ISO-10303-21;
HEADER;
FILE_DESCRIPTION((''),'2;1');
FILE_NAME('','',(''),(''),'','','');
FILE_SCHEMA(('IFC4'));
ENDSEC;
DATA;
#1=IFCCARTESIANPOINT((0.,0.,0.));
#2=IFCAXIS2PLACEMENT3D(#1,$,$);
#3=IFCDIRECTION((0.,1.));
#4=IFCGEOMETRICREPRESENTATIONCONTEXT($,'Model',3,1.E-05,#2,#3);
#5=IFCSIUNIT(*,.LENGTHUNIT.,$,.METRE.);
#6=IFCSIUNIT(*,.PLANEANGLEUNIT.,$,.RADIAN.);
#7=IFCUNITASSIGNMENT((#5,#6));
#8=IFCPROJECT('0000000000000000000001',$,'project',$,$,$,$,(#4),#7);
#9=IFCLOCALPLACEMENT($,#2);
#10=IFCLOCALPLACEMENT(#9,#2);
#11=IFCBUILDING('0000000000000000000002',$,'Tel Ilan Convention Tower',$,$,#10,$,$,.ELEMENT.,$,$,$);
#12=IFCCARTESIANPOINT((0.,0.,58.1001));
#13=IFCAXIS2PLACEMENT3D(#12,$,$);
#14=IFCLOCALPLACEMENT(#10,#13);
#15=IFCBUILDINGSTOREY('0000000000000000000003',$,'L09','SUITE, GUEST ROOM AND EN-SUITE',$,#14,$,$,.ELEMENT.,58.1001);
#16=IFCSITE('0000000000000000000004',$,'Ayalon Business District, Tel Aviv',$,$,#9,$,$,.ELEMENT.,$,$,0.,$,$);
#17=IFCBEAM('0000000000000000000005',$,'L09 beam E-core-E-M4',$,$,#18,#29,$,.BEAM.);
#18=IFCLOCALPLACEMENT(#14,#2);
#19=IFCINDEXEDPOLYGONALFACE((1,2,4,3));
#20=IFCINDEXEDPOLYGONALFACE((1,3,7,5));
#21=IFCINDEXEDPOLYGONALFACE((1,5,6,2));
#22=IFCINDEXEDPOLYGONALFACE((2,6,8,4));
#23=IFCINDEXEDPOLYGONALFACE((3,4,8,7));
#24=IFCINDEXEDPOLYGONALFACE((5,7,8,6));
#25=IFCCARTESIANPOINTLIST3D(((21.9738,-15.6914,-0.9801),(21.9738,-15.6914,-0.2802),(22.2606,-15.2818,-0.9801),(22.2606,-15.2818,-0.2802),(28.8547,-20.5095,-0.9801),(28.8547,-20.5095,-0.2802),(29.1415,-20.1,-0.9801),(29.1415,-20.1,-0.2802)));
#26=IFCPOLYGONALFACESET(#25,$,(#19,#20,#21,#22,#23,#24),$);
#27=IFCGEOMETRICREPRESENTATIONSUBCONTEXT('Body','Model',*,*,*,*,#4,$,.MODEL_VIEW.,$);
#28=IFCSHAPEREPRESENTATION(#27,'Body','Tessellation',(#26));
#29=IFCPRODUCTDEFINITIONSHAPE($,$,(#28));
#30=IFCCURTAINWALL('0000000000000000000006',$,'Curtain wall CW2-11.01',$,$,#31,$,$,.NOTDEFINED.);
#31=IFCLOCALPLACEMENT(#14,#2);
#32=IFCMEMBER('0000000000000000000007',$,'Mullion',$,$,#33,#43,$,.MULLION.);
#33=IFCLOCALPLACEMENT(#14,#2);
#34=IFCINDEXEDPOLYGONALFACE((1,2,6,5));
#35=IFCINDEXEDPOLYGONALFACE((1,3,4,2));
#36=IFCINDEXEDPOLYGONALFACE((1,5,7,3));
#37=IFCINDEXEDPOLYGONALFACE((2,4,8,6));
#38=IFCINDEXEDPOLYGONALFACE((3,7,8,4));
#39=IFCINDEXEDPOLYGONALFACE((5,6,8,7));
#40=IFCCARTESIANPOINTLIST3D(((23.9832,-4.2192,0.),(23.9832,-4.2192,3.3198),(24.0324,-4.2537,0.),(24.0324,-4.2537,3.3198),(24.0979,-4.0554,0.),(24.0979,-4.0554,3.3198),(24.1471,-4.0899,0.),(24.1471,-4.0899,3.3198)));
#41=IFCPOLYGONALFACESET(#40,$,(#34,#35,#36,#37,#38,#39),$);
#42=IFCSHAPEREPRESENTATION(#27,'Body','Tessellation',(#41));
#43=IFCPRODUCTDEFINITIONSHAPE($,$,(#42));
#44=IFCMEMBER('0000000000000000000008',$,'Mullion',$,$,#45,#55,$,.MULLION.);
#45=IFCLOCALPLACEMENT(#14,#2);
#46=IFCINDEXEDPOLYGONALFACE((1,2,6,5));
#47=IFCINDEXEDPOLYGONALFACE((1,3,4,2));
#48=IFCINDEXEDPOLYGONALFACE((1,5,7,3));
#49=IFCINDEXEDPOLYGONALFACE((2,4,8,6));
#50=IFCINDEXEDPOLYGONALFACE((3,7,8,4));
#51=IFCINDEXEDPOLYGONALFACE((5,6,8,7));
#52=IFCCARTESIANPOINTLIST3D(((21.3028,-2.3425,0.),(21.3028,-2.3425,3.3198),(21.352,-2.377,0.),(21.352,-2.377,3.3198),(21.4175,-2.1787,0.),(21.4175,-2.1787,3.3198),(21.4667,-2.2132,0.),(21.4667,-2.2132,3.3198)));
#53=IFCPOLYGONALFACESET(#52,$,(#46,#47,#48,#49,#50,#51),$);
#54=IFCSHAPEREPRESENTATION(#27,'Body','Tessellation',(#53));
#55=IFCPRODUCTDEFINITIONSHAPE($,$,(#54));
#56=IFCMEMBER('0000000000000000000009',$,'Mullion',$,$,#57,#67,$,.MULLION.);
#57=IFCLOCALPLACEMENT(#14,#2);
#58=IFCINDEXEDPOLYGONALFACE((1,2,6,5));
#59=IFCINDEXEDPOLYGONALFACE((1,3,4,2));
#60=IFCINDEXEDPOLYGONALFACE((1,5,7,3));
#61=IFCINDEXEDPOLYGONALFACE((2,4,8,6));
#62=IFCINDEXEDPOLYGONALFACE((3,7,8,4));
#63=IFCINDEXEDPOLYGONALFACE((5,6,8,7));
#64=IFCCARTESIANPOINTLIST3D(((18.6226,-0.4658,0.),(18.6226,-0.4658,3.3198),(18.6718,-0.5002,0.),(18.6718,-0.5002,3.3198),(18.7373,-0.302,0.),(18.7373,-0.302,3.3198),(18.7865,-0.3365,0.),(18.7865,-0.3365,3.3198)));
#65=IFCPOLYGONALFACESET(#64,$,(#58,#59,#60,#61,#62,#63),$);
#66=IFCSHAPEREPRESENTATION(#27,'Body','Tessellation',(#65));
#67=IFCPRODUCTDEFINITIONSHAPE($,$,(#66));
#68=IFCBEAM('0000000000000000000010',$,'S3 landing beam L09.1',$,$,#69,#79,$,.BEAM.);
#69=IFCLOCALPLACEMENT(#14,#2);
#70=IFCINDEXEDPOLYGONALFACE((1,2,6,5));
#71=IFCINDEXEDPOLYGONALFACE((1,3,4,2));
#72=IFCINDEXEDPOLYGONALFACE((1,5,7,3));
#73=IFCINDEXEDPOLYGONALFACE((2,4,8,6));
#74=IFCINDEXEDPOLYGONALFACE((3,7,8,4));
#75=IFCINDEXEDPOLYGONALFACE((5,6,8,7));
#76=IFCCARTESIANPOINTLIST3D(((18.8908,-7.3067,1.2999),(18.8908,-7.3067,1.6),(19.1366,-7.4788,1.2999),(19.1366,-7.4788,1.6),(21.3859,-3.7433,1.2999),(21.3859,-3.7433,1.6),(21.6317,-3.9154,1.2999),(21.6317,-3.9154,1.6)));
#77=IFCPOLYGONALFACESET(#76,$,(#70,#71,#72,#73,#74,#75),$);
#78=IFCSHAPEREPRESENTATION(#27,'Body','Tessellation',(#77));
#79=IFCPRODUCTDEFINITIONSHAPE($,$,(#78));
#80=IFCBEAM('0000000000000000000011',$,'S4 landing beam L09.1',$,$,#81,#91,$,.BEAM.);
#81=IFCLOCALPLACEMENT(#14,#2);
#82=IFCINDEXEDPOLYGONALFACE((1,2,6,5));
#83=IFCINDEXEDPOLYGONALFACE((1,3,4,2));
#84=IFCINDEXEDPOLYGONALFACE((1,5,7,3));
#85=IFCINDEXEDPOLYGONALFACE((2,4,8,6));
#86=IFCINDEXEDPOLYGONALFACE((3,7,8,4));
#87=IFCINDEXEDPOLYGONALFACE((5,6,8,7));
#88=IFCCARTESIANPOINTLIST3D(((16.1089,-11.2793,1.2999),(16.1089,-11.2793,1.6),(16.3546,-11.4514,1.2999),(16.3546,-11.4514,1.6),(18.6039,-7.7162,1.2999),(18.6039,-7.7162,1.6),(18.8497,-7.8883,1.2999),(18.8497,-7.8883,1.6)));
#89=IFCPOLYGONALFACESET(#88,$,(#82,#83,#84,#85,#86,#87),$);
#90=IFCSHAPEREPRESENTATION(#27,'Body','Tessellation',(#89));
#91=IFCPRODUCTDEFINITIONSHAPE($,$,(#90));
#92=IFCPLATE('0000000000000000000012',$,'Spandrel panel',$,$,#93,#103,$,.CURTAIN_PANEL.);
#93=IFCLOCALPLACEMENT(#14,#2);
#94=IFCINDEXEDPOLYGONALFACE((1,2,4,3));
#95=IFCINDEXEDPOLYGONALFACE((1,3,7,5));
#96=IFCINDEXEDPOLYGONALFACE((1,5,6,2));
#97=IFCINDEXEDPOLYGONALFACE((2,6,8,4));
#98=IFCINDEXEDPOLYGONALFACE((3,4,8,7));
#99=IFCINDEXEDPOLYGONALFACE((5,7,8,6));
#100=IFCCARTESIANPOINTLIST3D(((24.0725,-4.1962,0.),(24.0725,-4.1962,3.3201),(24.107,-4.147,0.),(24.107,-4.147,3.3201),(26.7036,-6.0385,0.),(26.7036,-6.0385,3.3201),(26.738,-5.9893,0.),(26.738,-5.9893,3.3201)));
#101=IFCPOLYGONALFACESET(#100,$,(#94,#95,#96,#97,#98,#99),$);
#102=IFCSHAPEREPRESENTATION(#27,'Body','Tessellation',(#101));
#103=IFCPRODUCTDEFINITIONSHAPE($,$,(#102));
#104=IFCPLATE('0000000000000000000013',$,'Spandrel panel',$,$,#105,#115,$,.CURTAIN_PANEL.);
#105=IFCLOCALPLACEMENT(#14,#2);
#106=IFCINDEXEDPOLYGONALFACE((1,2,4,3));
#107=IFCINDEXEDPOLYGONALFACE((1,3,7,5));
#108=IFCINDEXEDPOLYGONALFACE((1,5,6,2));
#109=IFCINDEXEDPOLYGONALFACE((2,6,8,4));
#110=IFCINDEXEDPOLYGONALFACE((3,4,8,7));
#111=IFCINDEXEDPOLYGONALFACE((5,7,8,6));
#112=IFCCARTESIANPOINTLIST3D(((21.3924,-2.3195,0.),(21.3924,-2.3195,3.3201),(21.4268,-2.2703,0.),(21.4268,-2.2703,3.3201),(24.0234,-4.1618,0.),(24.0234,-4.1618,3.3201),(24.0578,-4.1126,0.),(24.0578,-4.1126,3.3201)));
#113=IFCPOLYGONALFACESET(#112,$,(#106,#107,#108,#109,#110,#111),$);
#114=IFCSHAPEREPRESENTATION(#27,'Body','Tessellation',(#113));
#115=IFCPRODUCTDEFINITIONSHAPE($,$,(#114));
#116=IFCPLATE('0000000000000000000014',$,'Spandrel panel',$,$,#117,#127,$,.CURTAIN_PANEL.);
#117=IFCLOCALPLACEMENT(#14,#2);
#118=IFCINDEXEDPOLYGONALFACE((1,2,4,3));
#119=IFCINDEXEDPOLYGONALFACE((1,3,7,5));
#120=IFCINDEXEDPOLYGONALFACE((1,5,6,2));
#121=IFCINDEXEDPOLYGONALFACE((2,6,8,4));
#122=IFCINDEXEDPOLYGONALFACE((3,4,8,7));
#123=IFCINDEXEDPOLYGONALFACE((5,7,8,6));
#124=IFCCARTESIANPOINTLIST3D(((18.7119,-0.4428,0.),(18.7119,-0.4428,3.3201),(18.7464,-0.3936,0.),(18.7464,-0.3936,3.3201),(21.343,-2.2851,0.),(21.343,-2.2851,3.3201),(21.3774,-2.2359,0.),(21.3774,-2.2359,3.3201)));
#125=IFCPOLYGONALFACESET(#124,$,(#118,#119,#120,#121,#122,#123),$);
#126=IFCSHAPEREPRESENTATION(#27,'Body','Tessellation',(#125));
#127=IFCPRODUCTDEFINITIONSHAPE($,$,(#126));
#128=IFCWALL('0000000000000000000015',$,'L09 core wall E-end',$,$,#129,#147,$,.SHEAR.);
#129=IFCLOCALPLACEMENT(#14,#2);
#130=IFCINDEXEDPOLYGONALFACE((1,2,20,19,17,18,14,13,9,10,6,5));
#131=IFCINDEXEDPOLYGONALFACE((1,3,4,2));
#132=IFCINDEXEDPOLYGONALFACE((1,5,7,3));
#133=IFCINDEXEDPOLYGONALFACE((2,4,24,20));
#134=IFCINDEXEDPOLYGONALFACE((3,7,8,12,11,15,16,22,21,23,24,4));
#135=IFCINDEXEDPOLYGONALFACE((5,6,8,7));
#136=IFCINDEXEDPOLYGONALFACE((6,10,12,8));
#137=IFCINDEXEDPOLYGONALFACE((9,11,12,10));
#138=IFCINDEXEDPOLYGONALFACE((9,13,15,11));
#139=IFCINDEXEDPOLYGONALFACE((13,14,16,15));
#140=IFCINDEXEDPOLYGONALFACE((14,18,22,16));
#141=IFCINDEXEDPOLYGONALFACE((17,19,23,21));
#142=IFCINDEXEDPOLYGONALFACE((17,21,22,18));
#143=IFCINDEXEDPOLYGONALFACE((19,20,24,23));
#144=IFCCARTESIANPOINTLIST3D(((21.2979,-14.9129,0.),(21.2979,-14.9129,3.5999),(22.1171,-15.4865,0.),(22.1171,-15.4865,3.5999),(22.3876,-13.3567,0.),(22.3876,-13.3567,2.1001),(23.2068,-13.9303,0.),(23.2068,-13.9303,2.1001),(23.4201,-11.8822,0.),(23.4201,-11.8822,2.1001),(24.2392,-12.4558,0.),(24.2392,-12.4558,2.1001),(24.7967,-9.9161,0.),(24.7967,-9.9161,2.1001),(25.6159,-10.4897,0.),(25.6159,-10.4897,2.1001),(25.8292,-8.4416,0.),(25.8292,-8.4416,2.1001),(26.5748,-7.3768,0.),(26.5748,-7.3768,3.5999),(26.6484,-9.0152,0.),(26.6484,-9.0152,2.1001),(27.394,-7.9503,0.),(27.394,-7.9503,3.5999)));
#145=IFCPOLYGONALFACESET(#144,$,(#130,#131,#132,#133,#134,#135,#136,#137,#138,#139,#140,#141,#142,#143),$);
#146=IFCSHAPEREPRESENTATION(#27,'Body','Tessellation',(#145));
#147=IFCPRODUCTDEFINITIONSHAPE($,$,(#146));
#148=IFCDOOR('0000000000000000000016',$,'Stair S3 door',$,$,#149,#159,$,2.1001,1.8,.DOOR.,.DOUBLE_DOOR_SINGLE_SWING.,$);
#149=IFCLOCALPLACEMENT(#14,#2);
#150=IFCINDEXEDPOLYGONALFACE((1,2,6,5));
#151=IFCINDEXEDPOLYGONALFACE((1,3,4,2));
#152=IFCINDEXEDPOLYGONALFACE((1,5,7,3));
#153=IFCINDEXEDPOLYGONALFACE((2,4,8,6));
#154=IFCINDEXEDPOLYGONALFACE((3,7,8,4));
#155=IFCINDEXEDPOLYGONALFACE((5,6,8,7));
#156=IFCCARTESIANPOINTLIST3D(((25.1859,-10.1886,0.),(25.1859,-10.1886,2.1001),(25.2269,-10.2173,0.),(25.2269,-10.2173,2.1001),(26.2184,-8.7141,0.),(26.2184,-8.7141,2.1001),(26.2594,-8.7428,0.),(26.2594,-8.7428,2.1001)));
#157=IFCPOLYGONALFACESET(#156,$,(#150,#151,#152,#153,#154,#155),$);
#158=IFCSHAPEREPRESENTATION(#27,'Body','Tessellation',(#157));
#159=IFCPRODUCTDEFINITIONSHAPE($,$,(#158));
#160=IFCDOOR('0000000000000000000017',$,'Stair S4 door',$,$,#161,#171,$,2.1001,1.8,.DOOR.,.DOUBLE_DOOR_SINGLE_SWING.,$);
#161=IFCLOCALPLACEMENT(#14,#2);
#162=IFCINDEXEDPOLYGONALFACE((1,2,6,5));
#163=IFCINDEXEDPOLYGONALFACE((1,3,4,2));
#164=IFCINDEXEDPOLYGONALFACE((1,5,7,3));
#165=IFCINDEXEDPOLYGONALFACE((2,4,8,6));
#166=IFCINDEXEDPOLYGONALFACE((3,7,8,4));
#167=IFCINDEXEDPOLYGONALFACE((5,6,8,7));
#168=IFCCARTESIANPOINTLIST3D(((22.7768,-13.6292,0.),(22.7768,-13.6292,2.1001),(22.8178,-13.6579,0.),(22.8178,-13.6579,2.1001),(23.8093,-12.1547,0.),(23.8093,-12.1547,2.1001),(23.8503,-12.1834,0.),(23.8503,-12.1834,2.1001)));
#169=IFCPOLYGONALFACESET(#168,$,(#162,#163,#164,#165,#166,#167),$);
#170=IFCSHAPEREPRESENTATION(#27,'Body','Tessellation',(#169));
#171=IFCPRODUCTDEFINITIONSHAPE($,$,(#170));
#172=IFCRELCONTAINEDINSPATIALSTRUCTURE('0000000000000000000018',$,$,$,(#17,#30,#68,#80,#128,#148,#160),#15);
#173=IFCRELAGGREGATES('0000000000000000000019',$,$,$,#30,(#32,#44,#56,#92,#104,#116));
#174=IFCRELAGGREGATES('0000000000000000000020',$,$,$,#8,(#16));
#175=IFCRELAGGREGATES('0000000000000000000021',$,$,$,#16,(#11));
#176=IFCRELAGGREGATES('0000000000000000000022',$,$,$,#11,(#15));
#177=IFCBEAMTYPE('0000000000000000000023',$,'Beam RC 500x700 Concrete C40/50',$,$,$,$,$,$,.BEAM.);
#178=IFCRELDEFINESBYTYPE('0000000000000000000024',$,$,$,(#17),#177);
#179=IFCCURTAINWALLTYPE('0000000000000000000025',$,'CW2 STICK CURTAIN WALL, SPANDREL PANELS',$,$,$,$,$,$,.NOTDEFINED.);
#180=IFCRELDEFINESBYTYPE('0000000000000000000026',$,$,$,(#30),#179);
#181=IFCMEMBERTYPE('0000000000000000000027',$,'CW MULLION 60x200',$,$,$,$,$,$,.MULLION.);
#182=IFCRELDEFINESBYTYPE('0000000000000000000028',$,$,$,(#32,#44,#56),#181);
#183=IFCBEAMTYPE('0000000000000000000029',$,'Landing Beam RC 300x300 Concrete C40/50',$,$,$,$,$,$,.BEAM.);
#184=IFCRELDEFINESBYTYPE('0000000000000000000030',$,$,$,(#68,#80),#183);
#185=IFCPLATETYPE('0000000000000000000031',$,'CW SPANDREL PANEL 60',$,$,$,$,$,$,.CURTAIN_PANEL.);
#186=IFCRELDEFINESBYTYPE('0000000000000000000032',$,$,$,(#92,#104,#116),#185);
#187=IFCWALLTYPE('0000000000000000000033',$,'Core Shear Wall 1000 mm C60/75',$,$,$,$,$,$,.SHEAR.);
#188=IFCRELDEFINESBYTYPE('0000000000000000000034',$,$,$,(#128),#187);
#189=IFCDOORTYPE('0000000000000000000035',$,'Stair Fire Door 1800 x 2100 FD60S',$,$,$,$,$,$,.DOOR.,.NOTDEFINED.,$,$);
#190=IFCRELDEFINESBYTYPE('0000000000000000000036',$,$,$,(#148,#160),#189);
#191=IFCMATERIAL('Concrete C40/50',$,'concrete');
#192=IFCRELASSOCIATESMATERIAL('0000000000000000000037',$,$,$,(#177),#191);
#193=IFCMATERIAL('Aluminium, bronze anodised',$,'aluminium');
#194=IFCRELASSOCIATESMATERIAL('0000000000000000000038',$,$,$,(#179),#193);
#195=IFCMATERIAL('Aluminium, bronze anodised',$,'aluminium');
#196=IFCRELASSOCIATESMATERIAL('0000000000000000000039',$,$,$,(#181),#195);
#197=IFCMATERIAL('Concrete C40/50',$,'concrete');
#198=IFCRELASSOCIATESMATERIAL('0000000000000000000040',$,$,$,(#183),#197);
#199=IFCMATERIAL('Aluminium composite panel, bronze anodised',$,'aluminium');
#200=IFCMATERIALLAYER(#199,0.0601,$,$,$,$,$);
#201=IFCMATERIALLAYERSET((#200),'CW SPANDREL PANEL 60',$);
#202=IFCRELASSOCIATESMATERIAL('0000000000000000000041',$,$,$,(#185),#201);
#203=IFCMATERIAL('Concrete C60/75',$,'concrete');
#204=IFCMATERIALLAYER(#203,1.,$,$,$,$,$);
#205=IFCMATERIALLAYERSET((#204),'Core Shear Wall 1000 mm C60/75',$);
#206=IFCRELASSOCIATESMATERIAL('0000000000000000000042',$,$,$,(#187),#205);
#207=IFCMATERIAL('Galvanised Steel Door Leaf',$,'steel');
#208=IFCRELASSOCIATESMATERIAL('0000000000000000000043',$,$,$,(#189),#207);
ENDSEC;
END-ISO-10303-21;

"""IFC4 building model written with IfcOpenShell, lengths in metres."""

from ifc_helpers import new_model, si_unit, direction, frame, frame_2d, origin, origin_2d, place, context, subcontext, project, spatial, polyline, rectangle, outline, extrude, material, layer, layer_set, material_profile, profile_set, type_object, element, fill, aggregate, save


model = new_model("IFC4")

# Units and contexts
model_context = context("Model", 3, precision=1e-05, world=origin(), true_north=direction((0.0, 1.0)))
body_context = subcontext(model_context, "Body", "Model", "MODEL_VIEW")
ifc_project = project(units=[si_unit("LENGTHUNIT", "METRE"), si_unit("PLANEANGLEUNIT", "RADIAN")], contexts=[model_context])

# Site, building, storey
site_placement = place(None, origin())
site = spatial("IfcSite", under=ifc_project, at=site_placement, Name="Ayalon Business District, Tel Aviv", CompositionType="ELEMENT", RefElevation=0.0)
building_placement = place(site_placement, origin())
building = spatial("IfcBuilding", under=site, at=building_placement, Name="Tel Ilan Convention Tower", CompositionType="ELEMENT")
storey_placement = place(building_placement, frame((0.0, 0.0, 58.1001)))
storey = spatial("IfcBuildingStorey", under=building, at=storey_placement, Name="L09", Description="SUITE, GUEST ROOM AND EN-SUITE", CompositionType="ELEMENT", Elevation=58.1001)

# Beam
ifc_material_1 = material(Name="Concrete C40/50", Category="concrete")
ifc_material_profile_1 = material_profile(ifc_material_1, rectangle(XDim=0.5, YDim=0.7, at=origin_2d()), Name="RC 500x700")
ifc_profile_set_1 = profile_set([ifc_material_profile_1], Name="Concrete C40/50")
beam_type_1 = type_object("IfcBeamType", Name="Beam RC 500x700 Concrete C40/50", PredefinedType="BEAM", material=ifc_profile_set_1)
beam_1_placement = place(storey_placement, frame((22.1172, -15.4866, -0.6301), z_axis=(0.819147, -0.573583, 0.0), x_axis=(0.573583, 0.819147, 0.0)))
element("IfcBeam", 1, at=beam_1_placement, inside=storey, type_object=beam_type_1, Name="L09 beam E-core-E-M4", PredefinedType="BEAM", context=body_context, shape_type="SweptSolid", body=[
    extrude(rectangle(XDim=0.5, YDim=0.7, at=origin_2d()), origin(), (0.0, 0.0, 1.0), 8.4001),
])

# Curtain wall, members
ifc_material_2 = material(Name="Aluminium, bronze anodised", Category="aluminium")
curtain_wall_type = type_object("IfcCurtainWallType", Name="CW2 STICK CURTAIN WALL, SPANDREL PANELS", PredefinedType="NOTDEFINED", material=ifc_material_2)
curtain_wall_placement = place(storey_placement, origin())
curtain_wall = element("IfcCurtainWall", 2, at=curtain_wall_placement, inside=storey, type_object=curtain_wall_type, Name="Curtain wall CW2-11.01", PredefinedType="NOTDEFINED")
ifc_material_3 = material(Name="Aluminium, bronze anodised", Category="aluminium")
ifc_material_profile_2 = material_profile(ifc_material_3, rectangle(XDim=0.0601, YDim=0.2, at=origin_2d()), Name="CW MULLION 60x200")
ifc_profile_set_2 = profile_set([ifc_material_profile_2], Name="Aluminium, bronze anodised")
member_type = type_object("IfcMemberType", Name="CW MULLION 60x200", PredefinedType="MULLION", material=ifc_profile_set_2)
member_1_placement = place(storey_placement, frame((24.0652, -4.1545, 0.0), z_axis=(0.0, 0.0, 1.0), x_axis=(-0.819152, 0.573576, 0.0)))
member_1 = element("IfcMember", 3, at=member_1_placement, type_object=member_type, Name="Mullion", PredefinedType="MULLION", context=body_context, shape_type="SweptSolid", body=[
    extrude(rectangle(XDim=0.0601, YDim=0.2, at=origin_2d()), origin(), (0.0, 0.0, 1.0), 3.3198),
])
member_2_placement = place(storey_placement, frame((21.3848, -2.2778, 0.0), z_axis=(0.0, 0.0, 1.0), x_axis=(-0.819152, 0.573576, 0.0)))
member_2 = element("IfcMember", 4, at=member_2_placement, type_object=member_type, Name="Mullion", PredefinedType="MULLION", context=body_context, shape_type="SweptSolid", body=[
    extrude(rectangle(XDim=0.0601, YDim=0.2, at=origin_2d()), origin(), (0.0, 0.0, 1.0), 3.3198),
])
member_3_placement = place(storey_placement, frame((18.7046, -0.4011, 0.0), z_axis=(0.0, 0.0, 1.0), x_axis=(-0.819152, 0.573576, 0.0)))
member_3 = element("IfcMember", 5, at=member_3_placement, type_object=member_type, Name="Mullion", PredefinedType="MULLION", context=body_context, shape_type="SweptSolid", body=[
    extrude(rectangle(XDim=0.0601, YDim=0.2, at=origin_2d()), origin(), (0.0, 0.0, 1.0), 3.3198),
])

# Beams
ifc_material_4 = material(Name="Concrete C40/50", Category="concrete")
ifc_material_profile_3 = material_profile(ifc_material_4, rectangle(XDim=0.3, YDim=0.3, at=origin_2d()), Name="RC 300x300")
ifc_profile_set_3 = profile_set([ifc_material_profile_3], Name="Concrete C40/50")
beam_type_2 = type_object("IfcBeamType", Name="Landing Beam RC 300x300 Concrete C40/50", PredefinedType="BEAM", material=ifc_profile_set_3)
beam_2_placement = place(storey_placement, frame((21.5088, -3.8293, 1.45), z_axis=(-0.573568, -0.819158, 0.0), x_axis=(0.819158, -0.573568, 0.0)))
element("IfcBeam", 6, at=beam_2_placement, inside=storey, type_object=beam_type_2, Name="S3 landing beam L09.1", PredefinedType="BEAM", context=body_context, shape_type="SweptSolid", body=[
    extrude(rectangle(XDim=0.3, YDim=0.3, at=origin_2d()), origin(), (0.0, 0.0, 1.0), 4.3501),
])
beam_3_placement = place(storey_placement, frame((18.7268, -7.8022, 1.45), z_axis=(-0.573594, -0.81914, 0.0), x_axis=(0.81914, -0.573594, 0.0)))
element("IfcBeam", 7, at=beam_3_placement, inside=storey, type_object=beam_type_2, Name="S4 landing beam L09.1", PredefinedType="BEAM", context=body_context, shape_type="SweptSolid", body=[
    extrude(rectangle(XDim=0.3, YDim=0.3, at=origin_2d()), origin(), (0.0, 0.0, 1.0), 4.3499),
])

# Plates
ifc_material_5 = material(Name="Aluminium composite panel, bronze anodised", Category="aluminium")
ifc_layer_1 = layer(ifc_material_5, 0.0601)
ifc_layer_set_1 = layer_set([ifc_layer_1], Name="CW SPANDREL PANEL 60")
plate_type = type_object("IfcPlateType", Name="CW SPANDREL PANEL 60", PredefinedType="CURTAIN_PANEL", material=ifc_layer_set_1)
plate_1_placement = place(storey_placement, frame((25.4053, -5.0928, 0.0), z_axis=(0.0, 0.0, 1.0), x_axis=(-0.819152, 0.573576, 0.0)))
plate_1 = element("IfcPlate", 8, at=plate_1_placement, type_object=plate_type, Name="Spandrel panel", PredefinedType="CURTAIN_PANEL", context=body_context, shape_type="SweptSolid", body=[
    extrude(rectangle(XDim=3.2119, YDim=0.0601, at=origin_2d()), origin(), (0.0, 0.0, 1.0), 3.3201),
])
plate_2_placement = place(storey_placement, frame((22.7251, -3.2161, 0.0), z_axis=(0.0, 0.0, 1.0), x_axis=(-0.819152, 0.573576, 0.0)))
plate_2 = element("IfcPlate", 9, at=plate_2_placement, type_object=plate_type, Name="Spandrel panel", PredefinedType="CURTAIN_PANEL", context=body_context, shape_type="SweptSolid", body=[
    extrude(rectangle(XDim=3.2119, YDim=0.0601, at=origin_2d()), origin(), (0.0, 0.0, 1.0), 3.3201),
])
plate_3_placement = place(storey_placement, frame((20.0447, -1.3394, 0.0), z_axis=(0.0, 0.0, 1.0), x_axis=(-0.819152, 0.573576, 0.0)))
plate_3 = element("IfcPlate", 10, at=plate_3_placement, type_object=plate_type, Name="Spandrel panel", PredefinedType="CURTAIN_PANEL", context=body_context, shape_type="SweptSolid", body=[
    extrude(rectangle(XDim=3.2119, YDim=0.0601, at=origin_2d()), origin(), (0.0, 0.0, 1.0), 3.3201),
])
aggregate(curtain_wall, [member_1, member_2, member_3, plate_1, plate_2, plate_3])

# Wall, openings, doors
ifc_material_6 = material(Name="Concrete C60/75", Category="concrete")
ifc_layer_2 = layer(ifc_material_6, 1.0)
ifc_layer_set_2 = layer_set([ifc_layer_2], Name="Core Shear Wall 1000 mm C60/75")
wall_type_1 = type_object("IfcWallType", Name="Core Shear Wall 1000 mm C60/75", PredefinedType="SHEAR", material=ifc_layer_set_2)
wall_1_placement = place(storey_placement, frame((21.7075, -15.1997, 0.0), z_axis=(0.0, 0.0, 1.0), x_axis=(0.573576, 0.819152, 0.0)))
wall_1 = element("IfcWall", 11, at=wall_1_placement, inside=storey, type_object=wall_type_1, Name="L09 core wall E-end", PredefinedType="SHEAR", context=body_context, shape_type="SweptSolid", body=[
    extrude(outline(polyline([(9.2, 0.5), (0.0, 0.5), (0.0, -0.5), (9.2, -0.5), (9.2, 0.5)])), origin(), (0.0, 0.0, 1.0), 3.5999),
])
opening_1_placement = place(wall_1_placement, frame((6.1001, 0.0, 0.0)))
opening_1 = element("IfcOpeningElement", 12, at=opening_1_placement, cuts=wall_1, PredefinedType="OPENING", context=body_context, shape_type="SweptSolid", body=[
    extrude(rectangle(XDim=1.8, YDim=2.1001, at=frame_2d((0.8999, 1.05))), frame((0.0, 0.51, 0.0), z_axis=(0.0, -1.0, 0.0), x_axis=(1.0, 0.0, 0.0)), (0.0, 0.0, 1.0), 1.02),
])
opening_2_placement = place(wall_1_placement, frame((1.8999, 0.0, 0.0)))
opening_2 = element("IfcOpeningElement", 13, at=opening_2_placement, cuts=wall_1, PredefinedType="OPENING", context=body_context, shape_type="SweptSolid", body=[
    extrude(rectangle(XDim=1.8, YDim=2.1001, at=frame_2d((0.8999, 1.05))), frame((0.0, 0.51, 0.0), z_axis=(0.0, -1.0, 0.0), x_axis=(1.0, 0.0, 0.0)), (0.0, 0.0, 1.0), 1.02),
])
ifc_material_7 = material(Name="Galvanised Steel Door Leaf", Category="steel")
door_type_1 = type_object("IfcDoorType", Name="Stair Fire Door 1800 x 2100 FD60S", OperationType="NOTDEFINED", PredefinedType="DOOR", material=ifc_material_7)
door_1_placement = place(opening_1_placement, origin())
door_1 = element("IfcDoor", 14, at=door_1_placement, inside=storey, type_object=door_type_1, Name="Stair S3 door", OperationType="DOUBLE_DOOR_SINGLE_SWING", OverallHeight=2.1001, OverallWidth=1.8, PredefinedType="DOOR", context=body_context, shape_type="SweptSolid", body=[
    extrude(rectangle(XDim=1.8, YDim=2.1001, at=frame_2d((0.8999, 1.05))), frame((0.0, 0.0249, 0.0), z_axis=(0.0, -1.0, 0.0), x_axis=(1.0, 0.0, 0.0)), (0.0, 0.0, 1.0), 0.05),
])
fill(opening_1, door_1)
door_2_placement = place(opening_2_placement, origin())
door_2 = element("IfcDoor", 15, at=door_2_placement, inside=storey, type_object=door_type_1, Name="Stair S4 door", OperationType="DOUBLE_DOOR_SINGLE_SWING", OverallHeight=2.1001, OverallWidth=1.8, PredefinedType="DOOR", context=body_context, shape_type="SweptSolid", body=[
    extrude(rectangle(XDim=1.8, YDim=2.1001, at=frame_2d((0.8999, 1.05))), frame((0.0, 0.0249, 0.0), z_axis=(0.0, -1.0, 0.0), x_axis=(1.0, 0.0, 0.0)), (0.0, 0.0, 1.0), 0.05),
])
fill(opening_2, door_2)

save(model, "model.ifc")
